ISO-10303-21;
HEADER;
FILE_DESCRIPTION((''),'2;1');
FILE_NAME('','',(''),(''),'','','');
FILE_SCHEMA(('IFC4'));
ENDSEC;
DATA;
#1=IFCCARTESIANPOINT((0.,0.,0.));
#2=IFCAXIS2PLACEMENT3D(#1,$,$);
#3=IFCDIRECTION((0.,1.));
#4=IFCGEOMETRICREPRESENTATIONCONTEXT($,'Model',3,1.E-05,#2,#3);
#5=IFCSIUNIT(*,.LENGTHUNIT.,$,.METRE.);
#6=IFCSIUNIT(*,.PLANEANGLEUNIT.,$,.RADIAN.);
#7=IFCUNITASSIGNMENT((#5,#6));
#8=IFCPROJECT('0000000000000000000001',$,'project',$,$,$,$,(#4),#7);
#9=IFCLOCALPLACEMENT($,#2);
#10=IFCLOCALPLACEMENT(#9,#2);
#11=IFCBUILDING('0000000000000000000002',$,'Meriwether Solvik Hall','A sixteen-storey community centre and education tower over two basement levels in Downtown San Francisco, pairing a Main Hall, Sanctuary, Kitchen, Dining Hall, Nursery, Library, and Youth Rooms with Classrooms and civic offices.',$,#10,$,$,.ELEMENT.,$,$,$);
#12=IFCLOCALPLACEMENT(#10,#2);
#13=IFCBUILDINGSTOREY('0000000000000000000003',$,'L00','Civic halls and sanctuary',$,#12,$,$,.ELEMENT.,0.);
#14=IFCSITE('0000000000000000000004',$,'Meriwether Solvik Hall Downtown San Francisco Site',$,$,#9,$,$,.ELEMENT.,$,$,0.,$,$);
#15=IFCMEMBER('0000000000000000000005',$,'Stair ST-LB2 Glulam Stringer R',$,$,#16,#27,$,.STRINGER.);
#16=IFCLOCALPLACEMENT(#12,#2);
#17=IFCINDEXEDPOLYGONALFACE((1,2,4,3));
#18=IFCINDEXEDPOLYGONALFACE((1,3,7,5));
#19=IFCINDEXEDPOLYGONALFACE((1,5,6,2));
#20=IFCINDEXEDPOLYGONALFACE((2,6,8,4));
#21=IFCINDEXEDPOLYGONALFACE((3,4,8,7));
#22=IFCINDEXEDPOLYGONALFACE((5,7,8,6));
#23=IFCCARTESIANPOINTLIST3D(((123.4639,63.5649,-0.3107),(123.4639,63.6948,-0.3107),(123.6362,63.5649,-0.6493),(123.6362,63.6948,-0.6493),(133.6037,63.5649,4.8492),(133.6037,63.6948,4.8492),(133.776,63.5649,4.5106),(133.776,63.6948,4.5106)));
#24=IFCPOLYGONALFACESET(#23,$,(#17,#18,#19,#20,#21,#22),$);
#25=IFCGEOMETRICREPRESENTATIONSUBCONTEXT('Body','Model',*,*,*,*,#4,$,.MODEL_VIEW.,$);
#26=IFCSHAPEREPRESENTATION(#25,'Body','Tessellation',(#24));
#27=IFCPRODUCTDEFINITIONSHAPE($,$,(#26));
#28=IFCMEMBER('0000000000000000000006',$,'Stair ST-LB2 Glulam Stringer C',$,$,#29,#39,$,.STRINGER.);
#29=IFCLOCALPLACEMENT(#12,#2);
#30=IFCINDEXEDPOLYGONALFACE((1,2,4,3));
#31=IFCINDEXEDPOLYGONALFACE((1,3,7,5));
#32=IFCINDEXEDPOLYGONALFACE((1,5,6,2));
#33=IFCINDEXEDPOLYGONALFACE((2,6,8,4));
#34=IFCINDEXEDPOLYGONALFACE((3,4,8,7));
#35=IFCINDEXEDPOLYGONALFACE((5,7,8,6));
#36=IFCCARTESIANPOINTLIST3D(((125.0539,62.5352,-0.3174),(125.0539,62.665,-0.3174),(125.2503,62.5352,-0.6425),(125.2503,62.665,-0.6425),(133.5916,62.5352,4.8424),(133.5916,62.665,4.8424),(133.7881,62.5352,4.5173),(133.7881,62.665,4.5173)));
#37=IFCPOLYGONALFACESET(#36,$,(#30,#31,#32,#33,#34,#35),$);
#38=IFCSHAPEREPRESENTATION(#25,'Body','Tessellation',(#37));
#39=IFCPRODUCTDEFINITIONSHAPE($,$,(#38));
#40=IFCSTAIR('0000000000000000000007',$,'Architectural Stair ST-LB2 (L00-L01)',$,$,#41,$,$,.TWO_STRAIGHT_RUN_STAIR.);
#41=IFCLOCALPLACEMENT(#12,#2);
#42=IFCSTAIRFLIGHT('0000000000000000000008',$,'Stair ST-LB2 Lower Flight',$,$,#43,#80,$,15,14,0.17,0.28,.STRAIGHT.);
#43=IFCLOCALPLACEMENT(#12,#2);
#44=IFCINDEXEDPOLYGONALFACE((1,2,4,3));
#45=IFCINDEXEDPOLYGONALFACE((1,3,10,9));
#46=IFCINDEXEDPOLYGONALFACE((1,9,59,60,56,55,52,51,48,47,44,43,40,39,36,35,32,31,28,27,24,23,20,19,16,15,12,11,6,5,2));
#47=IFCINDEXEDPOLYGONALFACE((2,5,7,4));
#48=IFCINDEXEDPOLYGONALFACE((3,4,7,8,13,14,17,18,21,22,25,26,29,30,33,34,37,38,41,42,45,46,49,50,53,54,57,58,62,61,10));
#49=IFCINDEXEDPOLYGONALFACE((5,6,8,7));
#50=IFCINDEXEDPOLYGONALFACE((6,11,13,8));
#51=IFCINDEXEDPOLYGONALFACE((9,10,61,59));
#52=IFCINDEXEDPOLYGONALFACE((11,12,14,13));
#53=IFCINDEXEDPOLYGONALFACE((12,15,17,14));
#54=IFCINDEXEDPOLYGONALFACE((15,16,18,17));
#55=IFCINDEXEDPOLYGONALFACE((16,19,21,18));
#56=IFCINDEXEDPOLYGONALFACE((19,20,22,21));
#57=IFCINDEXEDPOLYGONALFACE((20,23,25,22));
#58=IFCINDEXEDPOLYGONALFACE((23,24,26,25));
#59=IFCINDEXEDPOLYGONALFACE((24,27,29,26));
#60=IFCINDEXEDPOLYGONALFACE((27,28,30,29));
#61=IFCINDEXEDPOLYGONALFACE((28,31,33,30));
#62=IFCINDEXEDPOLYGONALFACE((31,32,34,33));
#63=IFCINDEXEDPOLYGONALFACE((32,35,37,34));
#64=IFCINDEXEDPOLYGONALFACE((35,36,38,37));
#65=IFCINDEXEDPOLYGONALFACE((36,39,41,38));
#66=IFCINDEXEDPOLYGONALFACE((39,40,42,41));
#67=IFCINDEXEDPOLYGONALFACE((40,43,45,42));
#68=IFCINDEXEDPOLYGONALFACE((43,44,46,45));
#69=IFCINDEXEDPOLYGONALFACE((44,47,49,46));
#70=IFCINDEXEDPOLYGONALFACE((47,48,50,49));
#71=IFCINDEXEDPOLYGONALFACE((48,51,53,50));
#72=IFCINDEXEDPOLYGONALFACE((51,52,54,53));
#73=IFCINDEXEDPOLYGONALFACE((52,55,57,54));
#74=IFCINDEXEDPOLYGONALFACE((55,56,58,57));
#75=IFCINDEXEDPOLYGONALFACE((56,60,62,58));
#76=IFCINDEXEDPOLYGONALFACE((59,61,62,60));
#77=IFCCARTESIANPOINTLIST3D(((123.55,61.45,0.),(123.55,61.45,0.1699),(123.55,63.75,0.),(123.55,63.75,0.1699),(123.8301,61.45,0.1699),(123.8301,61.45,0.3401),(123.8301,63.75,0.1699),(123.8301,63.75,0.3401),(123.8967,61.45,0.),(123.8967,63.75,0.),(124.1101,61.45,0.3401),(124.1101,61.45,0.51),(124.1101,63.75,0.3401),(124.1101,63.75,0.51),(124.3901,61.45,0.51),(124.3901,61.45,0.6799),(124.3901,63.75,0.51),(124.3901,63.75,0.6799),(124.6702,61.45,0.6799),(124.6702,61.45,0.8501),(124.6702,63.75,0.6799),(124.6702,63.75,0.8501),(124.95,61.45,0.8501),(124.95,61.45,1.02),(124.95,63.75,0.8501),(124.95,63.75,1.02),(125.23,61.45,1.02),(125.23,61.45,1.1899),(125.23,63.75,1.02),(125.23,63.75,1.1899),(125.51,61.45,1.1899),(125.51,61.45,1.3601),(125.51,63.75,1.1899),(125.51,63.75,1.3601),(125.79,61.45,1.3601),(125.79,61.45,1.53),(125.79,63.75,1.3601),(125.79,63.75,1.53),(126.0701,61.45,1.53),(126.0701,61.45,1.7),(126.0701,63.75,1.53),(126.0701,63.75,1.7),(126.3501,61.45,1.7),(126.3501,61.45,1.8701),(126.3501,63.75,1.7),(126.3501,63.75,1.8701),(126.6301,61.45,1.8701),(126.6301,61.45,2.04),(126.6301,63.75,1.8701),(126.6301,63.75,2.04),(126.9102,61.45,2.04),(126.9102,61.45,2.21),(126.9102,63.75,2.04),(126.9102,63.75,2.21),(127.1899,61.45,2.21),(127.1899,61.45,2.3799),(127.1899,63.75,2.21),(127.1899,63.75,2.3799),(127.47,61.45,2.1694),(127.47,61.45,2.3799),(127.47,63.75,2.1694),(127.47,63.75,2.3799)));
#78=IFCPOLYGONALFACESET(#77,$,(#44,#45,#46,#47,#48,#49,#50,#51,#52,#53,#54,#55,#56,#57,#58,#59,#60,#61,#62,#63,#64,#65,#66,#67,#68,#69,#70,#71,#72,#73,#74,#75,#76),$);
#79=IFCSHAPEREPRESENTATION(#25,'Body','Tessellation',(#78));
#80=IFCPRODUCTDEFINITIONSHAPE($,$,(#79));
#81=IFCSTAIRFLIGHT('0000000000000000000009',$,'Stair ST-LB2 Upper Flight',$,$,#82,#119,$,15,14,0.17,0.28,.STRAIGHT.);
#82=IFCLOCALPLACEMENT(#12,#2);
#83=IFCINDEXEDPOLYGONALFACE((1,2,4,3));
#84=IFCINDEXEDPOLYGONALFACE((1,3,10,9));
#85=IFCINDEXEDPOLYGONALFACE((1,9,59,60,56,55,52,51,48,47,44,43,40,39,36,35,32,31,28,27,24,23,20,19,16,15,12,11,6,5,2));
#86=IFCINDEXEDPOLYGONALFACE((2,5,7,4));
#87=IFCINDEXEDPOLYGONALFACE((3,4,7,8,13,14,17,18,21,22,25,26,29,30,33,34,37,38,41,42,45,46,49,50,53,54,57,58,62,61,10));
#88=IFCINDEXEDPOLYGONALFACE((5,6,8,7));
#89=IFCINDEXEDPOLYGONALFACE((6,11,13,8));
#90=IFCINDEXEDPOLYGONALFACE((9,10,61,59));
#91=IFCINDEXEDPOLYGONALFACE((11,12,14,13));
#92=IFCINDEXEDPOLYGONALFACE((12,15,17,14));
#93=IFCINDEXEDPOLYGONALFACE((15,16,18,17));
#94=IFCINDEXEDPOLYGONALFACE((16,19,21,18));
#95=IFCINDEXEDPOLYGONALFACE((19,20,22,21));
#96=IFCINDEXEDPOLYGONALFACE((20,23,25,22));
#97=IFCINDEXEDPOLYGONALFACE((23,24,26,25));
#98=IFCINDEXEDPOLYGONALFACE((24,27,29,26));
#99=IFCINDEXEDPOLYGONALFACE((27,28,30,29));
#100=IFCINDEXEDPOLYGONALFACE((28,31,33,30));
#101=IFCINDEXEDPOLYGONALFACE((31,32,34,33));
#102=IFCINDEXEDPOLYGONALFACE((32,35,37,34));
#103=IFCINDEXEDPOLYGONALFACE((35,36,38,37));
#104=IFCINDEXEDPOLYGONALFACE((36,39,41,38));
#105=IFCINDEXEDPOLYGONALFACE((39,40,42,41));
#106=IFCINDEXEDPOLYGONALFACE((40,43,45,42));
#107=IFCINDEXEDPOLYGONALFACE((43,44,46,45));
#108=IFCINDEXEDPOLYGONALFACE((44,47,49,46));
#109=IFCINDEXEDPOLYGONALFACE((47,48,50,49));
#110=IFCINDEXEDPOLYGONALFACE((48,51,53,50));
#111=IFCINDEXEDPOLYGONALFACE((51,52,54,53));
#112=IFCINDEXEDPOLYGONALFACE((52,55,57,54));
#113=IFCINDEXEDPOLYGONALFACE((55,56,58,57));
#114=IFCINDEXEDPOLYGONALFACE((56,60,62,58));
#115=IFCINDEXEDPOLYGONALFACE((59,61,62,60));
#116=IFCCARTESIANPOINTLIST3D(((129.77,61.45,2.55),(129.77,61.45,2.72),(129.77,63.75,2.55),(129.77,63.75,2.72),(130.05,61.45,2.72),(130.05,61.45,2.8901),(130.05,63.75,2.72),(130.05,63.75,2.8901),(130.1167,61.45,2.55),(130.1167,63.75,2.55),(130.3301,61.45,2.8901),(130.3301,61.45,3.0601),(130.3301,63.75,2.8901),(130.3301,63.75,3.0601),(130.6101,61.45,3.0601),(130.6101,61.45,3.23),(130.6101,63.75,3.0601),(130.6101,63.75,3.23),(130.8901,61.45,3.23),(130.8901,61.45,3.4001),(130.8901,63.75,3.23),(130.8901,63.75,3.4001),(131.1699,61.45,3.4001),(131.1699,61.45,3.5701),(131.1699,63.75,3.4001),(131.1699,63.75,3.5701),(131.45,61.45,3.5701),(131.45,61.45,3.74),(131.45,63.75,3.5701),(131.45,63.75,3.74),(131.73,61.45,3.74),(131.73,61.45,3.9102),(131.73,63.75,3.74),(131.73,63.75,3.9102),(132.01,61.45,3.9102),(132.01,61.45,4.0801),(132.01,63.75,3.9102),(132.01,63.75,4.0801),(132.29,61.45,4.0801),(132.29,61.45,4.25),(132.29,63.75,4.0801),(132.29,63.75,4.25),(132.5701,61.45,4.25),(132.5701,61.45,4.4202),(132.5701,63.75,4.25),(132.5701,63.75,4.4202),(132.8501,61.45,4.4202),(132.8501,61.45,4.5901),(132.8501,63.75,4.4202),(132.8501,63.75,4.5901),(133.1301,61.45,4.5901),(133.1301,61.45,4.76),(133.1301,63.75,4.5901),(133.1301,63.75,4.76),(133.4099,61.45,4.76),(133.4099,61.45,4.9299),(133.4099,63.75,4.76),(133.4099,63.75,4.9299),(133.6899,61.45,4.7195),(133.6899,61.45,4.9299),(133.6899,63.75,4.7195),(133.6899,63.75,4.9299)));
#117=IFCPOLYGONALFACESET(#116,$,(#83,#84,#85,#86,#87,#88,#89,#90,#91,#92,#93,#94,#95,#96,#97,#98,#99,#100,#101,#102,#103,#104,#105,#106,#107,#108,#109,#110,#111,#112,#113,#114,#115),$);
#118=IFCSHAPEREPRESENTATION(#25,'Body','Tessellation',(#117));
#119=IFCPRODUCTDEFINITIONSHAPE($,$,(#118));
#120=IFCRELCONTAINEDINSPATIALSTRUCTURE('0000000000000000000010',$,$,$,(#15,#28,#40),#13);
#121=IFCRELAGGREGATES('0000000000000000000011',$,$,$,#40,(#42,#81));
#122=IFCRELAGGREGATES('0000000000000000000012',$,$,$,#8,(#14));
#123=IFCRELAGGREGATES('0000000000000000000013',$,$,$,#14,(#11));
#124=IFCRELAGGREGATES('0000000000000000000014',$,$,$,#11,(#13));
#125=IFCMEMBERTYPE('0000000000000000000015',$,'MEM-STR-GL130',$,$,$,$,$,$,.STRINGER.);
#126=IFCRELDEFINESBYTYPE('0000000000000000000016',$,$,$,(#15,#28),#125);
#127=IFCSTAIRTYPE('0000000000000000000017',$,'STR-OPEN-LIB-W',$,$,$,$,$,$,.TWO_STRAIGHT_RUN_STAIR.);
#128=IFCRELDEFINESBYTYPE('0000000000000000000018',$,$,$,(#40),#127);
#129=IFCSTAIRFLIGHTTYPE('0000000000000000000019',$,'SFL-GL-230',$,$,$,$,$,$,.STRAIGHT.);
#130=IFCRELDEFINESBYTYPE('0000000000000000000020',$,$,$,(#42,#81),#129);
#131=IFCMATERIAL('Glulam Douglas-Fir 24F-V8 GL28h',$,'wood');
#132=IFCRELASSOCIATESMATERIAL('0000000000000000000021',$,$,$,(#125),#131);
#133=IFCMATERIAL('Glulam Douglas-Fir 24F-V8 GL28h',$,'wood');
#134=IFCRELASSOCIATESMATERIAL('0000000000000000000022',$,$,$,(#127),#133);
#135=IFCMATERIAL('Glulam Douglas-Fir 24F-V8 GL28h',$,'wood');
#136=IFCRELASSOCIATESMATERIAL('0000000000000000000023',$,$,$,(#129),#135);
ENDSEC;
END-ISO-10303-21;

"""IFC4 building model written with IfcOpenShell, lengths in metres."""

from ifc_helpers import new_model, si_unit, direction, frame, origin, origin_2d, place, context, subcontext, project, spatial, polyline, rectangle, outline, extrude, material, material_profile, profile_set, type_object, element, aggregate, save


model = new_model("IFC4")

# Units and contexts
model_context = context("Model", 3, precision=1e-05, world=origin(), true_north=direction((0.0, 1.0)))
body_context = subcontext(model_context, "Body", "Model", "MODEL_VIEW")
ifc_project = project(units=[si_unit("LENGTHUNIT", "METRE"), si_unit("PLANEANGLEUNIT", "RADIAN")], contexts=[model_context])

# Site, building, storey
site_placement = place(None, origin())
site = spatial("IfcSite", under=ifc_project, at=site_placement, Name="Meriwether Solvik Hall Downtown San Francisco Site", CompositionType="ELEMENT", RefElevation=0.0)
building_placement = place(site_placement, origin())
building = spatial("IfcBuilding", under=site, at=building_placement, Name="Meriwether Solvik Hall", Description="A sixteen-storey community centre and education tower over two basement levels in Downtown San Francisco, pairing a Main Hall, Sanctuary, Kitchen, Dining Hall, Nursery, Library, and Youth Rooms with Classrooms and civic offices.", CompositionType="ELEMENT")
storey_placement = place(building_placement, origin())
storey = spatial("IfcBuildingStorey", under=building, at=storey_placement, Name="L00", Description="Civic halls and sanctuary", CompositionType="ELEMENT", Elevation=0.0)

# Members
ifc_material_1 = material(Name="Glulam Douglas-Fir 24F-V8 GL28h", Category="wood")
ifc_material_profile_1 = material_profile(ifc_material_1, rectangle(XDim=0.1299, YDim=0.3799, at=origin_2d()), Name="GLM-130X380")
ifc_profile_set_1 = profile_set([ifc_material_profile_1], Name="Glulam Douglas-Fir 24F-V8 GL28h")
member_type = type_object("IfcMemberType", Name="MEM-STR-GL130", PredefinedType="STRINGER", material=ifc_profile_set_1)
for number, where, z_axis, x_axis, name in (
    (1, (123.55, 63.6299, -0.48), (0.891242, 0.0, 0.453528), (0.0, 1.0, 0.0), "Stair ST-LB2 Glulam Stringer R"),
):
    element("IfcMember", number, at=place(storey_placement, frame(where, z_axis=z_axis, x_axis=x_axis)), inside=storey, type_object=member_type, Name=name, PredefinedType="STRINGER", context=body_context, shape_type="SweptSolid", body=[
        extrude(rectangle(XDim=0.1299, YDim=0.3799, at=origin_2d()), origin(), (0.0, 0.0, 1.0), 11.3772),
    ])
member_placement = place(storey_placement, frame((125.1521, 62.6001, -0.48), z_axis=(0.855843, 0.0, 0.517236), x_axis=(0.0, 1.0, 0.0)))
element("IfcMember", 2, at=member_placement, inside=storey, type_object=member_type, Name="Stair ST-LB2 Glulam Stringer C", PredefinedType="STRINGER", context=body_context, shape_type="SweptSolid", body=[
    extrude(rectangle(XDim=0.1299, YDim=0.3799, at=origin_2d()), origin(), (0.0, 0.0, 1.0), 9.9758),
])

# Stair, stair flights
ifc_material_2 = material(Name="Glulam Douglas-Fir 24F-V8 GL28h", Category="wood")
stair_type = type_object("IfcStairType", Name="STR-OPEN-LIB-W", PredefinedType="TWO_STRAIGHT_RUN_STAIR", material=ifc_material_2)
stair_placement = place(storey_placement, origin())
stair = element("IfcStair", 3, at=stair_placement, inside=storey, type_object=stair_type, Name="Architectural Stair ST-LB2 (L00-L01)", PredefinedType="TWO_STRAIGHT_RUN_STAIR")
ifc_material_3 = material(Name="Glulam Douglas-Fir 24F-V8 GL28h", Category="wood")
stair_flight_type = type_object("IfcStairFlightType", Name="SFL-GL-230", PredefinedType="STRAIGHT", material=ifc_material_3)
stair_flight_1_placement = place(storey_placement, frame((123.55, 62.6001, 0.0), z_axis=(0.0, 0.0, 1.0), x_axis=(1.0, 0.0, 0.0)))
stair_flight_1 = element("IfcStairFlight", 4, at=stair_flight_1_placement, type_object=stair_flight_type, Name="Stair ST-LB2 Lower Flight", NumberOfRisers=15, NumberOfTreads=14, PredefinedType="STRAIGHT", RiserHeight=0.17, TreadLength=0.28, context=body_context, shape_type="SweptSolid", body=[
    extrude(outline(polyline([(0.0, 0.0), (0.0, 0.1699), (0.28, 0.1699), (0.28, 0.3401), (0.5601, 0.3401), (0.5601, 0.51), (0.8401, 0.51), (0.8401, 0.6799), (1.1201, 0.6799), (1.1201, 0.8501), (1.3999, 0.8501), (1.3999, 1.02), (1.6799, 1.02), (1.6799, 1.1899), (1.96, 1.1899), (1.96, 1.3601), (2.24, 1.3601), (2.24, 1.53), (2.52, 1.53), (2.52, 1.7), (2.8, 1.7), (2.8, 1.8701), (3.0801, 1.8701), (3.0801, 2.04), (3.3601, 2.04), (3.3601, 2.21), (3.6399, 2.21), (3.6399, 2.3799), (3.9199, 2.3799), (3.9199, 2.55), (3.9199, 2.1694), (0.3467, 0.0), (0.0, 0.0)])), frame((0.0, 1.1499, 0.0), z_axis=(0.0, -1.0, 0.0), x_axis=(1.0, 0.0, 0.0)), (0.0, 0.0, 1.0), 2.3),
])
stair_flight_2_placement = place(storey_placement, frame((129.77, 62.6001, 2.55), z_axis=(0.0, 0.0, 1.0), x_axis=(1.0, 0.0, 0.0)))
stair_flight_2 = element("IfcStairFlight", 5, at=stair_flight_2_placement, type_object=stair_flight_type, Name="Stair ST-LB2 Upper Flight", NumberOfRisers=15, NumberOfTreads=14, PredefinedType="STRAIGHT", RiserHeight=0.17, TreadLength=0.28, context=body_context, shape_type="SweptSolid", body=[
    extrude(outline(polyline([(0.0, 0.0), (0.0, 0.1699), (0.28, 0.1699), (0.28, 0.3401), (0.5601, 0.3401), (0.5601, 0.51), (0.8401, 0.51), (0.8401, 0.6799), (1.1201, 0.6799), (1.1201, 0.8501), (1.3999, 0.8501), (1.3999, 1.02), (1.6799, 1.02), (1.6799, 1.1899), (1.96, 1.1899), (1.96, 1.3601), (2.24, 1.3601), (2.24, 1.53), (2.52, 1.53), (2.52, 1.7), (2.8, 1.7), (2.8, 1.8701), (3.0801, 1.8701), (3.0801, 2.04), (3.3601, 2.04), (3.3601, 2.21), (3.6399, 2.21), (3.6399, 2.3799), (3.9199, 2.3799), (3.9199, 2.55), (3.9199, 2.1694), (0.3467, 0.0), (0.0, 0.0)])), frame((0.0, 1.1499, 0.0), z_axis=(0.0, -1.0, 0.0), x_axis=(1.0, 0.0, 0.0)), (0.0, 0.0, 1.0), 2.3),
])
aggregate(stair, [stair_flight_1, stair_flight_2])

save(model, "model.ifc")
